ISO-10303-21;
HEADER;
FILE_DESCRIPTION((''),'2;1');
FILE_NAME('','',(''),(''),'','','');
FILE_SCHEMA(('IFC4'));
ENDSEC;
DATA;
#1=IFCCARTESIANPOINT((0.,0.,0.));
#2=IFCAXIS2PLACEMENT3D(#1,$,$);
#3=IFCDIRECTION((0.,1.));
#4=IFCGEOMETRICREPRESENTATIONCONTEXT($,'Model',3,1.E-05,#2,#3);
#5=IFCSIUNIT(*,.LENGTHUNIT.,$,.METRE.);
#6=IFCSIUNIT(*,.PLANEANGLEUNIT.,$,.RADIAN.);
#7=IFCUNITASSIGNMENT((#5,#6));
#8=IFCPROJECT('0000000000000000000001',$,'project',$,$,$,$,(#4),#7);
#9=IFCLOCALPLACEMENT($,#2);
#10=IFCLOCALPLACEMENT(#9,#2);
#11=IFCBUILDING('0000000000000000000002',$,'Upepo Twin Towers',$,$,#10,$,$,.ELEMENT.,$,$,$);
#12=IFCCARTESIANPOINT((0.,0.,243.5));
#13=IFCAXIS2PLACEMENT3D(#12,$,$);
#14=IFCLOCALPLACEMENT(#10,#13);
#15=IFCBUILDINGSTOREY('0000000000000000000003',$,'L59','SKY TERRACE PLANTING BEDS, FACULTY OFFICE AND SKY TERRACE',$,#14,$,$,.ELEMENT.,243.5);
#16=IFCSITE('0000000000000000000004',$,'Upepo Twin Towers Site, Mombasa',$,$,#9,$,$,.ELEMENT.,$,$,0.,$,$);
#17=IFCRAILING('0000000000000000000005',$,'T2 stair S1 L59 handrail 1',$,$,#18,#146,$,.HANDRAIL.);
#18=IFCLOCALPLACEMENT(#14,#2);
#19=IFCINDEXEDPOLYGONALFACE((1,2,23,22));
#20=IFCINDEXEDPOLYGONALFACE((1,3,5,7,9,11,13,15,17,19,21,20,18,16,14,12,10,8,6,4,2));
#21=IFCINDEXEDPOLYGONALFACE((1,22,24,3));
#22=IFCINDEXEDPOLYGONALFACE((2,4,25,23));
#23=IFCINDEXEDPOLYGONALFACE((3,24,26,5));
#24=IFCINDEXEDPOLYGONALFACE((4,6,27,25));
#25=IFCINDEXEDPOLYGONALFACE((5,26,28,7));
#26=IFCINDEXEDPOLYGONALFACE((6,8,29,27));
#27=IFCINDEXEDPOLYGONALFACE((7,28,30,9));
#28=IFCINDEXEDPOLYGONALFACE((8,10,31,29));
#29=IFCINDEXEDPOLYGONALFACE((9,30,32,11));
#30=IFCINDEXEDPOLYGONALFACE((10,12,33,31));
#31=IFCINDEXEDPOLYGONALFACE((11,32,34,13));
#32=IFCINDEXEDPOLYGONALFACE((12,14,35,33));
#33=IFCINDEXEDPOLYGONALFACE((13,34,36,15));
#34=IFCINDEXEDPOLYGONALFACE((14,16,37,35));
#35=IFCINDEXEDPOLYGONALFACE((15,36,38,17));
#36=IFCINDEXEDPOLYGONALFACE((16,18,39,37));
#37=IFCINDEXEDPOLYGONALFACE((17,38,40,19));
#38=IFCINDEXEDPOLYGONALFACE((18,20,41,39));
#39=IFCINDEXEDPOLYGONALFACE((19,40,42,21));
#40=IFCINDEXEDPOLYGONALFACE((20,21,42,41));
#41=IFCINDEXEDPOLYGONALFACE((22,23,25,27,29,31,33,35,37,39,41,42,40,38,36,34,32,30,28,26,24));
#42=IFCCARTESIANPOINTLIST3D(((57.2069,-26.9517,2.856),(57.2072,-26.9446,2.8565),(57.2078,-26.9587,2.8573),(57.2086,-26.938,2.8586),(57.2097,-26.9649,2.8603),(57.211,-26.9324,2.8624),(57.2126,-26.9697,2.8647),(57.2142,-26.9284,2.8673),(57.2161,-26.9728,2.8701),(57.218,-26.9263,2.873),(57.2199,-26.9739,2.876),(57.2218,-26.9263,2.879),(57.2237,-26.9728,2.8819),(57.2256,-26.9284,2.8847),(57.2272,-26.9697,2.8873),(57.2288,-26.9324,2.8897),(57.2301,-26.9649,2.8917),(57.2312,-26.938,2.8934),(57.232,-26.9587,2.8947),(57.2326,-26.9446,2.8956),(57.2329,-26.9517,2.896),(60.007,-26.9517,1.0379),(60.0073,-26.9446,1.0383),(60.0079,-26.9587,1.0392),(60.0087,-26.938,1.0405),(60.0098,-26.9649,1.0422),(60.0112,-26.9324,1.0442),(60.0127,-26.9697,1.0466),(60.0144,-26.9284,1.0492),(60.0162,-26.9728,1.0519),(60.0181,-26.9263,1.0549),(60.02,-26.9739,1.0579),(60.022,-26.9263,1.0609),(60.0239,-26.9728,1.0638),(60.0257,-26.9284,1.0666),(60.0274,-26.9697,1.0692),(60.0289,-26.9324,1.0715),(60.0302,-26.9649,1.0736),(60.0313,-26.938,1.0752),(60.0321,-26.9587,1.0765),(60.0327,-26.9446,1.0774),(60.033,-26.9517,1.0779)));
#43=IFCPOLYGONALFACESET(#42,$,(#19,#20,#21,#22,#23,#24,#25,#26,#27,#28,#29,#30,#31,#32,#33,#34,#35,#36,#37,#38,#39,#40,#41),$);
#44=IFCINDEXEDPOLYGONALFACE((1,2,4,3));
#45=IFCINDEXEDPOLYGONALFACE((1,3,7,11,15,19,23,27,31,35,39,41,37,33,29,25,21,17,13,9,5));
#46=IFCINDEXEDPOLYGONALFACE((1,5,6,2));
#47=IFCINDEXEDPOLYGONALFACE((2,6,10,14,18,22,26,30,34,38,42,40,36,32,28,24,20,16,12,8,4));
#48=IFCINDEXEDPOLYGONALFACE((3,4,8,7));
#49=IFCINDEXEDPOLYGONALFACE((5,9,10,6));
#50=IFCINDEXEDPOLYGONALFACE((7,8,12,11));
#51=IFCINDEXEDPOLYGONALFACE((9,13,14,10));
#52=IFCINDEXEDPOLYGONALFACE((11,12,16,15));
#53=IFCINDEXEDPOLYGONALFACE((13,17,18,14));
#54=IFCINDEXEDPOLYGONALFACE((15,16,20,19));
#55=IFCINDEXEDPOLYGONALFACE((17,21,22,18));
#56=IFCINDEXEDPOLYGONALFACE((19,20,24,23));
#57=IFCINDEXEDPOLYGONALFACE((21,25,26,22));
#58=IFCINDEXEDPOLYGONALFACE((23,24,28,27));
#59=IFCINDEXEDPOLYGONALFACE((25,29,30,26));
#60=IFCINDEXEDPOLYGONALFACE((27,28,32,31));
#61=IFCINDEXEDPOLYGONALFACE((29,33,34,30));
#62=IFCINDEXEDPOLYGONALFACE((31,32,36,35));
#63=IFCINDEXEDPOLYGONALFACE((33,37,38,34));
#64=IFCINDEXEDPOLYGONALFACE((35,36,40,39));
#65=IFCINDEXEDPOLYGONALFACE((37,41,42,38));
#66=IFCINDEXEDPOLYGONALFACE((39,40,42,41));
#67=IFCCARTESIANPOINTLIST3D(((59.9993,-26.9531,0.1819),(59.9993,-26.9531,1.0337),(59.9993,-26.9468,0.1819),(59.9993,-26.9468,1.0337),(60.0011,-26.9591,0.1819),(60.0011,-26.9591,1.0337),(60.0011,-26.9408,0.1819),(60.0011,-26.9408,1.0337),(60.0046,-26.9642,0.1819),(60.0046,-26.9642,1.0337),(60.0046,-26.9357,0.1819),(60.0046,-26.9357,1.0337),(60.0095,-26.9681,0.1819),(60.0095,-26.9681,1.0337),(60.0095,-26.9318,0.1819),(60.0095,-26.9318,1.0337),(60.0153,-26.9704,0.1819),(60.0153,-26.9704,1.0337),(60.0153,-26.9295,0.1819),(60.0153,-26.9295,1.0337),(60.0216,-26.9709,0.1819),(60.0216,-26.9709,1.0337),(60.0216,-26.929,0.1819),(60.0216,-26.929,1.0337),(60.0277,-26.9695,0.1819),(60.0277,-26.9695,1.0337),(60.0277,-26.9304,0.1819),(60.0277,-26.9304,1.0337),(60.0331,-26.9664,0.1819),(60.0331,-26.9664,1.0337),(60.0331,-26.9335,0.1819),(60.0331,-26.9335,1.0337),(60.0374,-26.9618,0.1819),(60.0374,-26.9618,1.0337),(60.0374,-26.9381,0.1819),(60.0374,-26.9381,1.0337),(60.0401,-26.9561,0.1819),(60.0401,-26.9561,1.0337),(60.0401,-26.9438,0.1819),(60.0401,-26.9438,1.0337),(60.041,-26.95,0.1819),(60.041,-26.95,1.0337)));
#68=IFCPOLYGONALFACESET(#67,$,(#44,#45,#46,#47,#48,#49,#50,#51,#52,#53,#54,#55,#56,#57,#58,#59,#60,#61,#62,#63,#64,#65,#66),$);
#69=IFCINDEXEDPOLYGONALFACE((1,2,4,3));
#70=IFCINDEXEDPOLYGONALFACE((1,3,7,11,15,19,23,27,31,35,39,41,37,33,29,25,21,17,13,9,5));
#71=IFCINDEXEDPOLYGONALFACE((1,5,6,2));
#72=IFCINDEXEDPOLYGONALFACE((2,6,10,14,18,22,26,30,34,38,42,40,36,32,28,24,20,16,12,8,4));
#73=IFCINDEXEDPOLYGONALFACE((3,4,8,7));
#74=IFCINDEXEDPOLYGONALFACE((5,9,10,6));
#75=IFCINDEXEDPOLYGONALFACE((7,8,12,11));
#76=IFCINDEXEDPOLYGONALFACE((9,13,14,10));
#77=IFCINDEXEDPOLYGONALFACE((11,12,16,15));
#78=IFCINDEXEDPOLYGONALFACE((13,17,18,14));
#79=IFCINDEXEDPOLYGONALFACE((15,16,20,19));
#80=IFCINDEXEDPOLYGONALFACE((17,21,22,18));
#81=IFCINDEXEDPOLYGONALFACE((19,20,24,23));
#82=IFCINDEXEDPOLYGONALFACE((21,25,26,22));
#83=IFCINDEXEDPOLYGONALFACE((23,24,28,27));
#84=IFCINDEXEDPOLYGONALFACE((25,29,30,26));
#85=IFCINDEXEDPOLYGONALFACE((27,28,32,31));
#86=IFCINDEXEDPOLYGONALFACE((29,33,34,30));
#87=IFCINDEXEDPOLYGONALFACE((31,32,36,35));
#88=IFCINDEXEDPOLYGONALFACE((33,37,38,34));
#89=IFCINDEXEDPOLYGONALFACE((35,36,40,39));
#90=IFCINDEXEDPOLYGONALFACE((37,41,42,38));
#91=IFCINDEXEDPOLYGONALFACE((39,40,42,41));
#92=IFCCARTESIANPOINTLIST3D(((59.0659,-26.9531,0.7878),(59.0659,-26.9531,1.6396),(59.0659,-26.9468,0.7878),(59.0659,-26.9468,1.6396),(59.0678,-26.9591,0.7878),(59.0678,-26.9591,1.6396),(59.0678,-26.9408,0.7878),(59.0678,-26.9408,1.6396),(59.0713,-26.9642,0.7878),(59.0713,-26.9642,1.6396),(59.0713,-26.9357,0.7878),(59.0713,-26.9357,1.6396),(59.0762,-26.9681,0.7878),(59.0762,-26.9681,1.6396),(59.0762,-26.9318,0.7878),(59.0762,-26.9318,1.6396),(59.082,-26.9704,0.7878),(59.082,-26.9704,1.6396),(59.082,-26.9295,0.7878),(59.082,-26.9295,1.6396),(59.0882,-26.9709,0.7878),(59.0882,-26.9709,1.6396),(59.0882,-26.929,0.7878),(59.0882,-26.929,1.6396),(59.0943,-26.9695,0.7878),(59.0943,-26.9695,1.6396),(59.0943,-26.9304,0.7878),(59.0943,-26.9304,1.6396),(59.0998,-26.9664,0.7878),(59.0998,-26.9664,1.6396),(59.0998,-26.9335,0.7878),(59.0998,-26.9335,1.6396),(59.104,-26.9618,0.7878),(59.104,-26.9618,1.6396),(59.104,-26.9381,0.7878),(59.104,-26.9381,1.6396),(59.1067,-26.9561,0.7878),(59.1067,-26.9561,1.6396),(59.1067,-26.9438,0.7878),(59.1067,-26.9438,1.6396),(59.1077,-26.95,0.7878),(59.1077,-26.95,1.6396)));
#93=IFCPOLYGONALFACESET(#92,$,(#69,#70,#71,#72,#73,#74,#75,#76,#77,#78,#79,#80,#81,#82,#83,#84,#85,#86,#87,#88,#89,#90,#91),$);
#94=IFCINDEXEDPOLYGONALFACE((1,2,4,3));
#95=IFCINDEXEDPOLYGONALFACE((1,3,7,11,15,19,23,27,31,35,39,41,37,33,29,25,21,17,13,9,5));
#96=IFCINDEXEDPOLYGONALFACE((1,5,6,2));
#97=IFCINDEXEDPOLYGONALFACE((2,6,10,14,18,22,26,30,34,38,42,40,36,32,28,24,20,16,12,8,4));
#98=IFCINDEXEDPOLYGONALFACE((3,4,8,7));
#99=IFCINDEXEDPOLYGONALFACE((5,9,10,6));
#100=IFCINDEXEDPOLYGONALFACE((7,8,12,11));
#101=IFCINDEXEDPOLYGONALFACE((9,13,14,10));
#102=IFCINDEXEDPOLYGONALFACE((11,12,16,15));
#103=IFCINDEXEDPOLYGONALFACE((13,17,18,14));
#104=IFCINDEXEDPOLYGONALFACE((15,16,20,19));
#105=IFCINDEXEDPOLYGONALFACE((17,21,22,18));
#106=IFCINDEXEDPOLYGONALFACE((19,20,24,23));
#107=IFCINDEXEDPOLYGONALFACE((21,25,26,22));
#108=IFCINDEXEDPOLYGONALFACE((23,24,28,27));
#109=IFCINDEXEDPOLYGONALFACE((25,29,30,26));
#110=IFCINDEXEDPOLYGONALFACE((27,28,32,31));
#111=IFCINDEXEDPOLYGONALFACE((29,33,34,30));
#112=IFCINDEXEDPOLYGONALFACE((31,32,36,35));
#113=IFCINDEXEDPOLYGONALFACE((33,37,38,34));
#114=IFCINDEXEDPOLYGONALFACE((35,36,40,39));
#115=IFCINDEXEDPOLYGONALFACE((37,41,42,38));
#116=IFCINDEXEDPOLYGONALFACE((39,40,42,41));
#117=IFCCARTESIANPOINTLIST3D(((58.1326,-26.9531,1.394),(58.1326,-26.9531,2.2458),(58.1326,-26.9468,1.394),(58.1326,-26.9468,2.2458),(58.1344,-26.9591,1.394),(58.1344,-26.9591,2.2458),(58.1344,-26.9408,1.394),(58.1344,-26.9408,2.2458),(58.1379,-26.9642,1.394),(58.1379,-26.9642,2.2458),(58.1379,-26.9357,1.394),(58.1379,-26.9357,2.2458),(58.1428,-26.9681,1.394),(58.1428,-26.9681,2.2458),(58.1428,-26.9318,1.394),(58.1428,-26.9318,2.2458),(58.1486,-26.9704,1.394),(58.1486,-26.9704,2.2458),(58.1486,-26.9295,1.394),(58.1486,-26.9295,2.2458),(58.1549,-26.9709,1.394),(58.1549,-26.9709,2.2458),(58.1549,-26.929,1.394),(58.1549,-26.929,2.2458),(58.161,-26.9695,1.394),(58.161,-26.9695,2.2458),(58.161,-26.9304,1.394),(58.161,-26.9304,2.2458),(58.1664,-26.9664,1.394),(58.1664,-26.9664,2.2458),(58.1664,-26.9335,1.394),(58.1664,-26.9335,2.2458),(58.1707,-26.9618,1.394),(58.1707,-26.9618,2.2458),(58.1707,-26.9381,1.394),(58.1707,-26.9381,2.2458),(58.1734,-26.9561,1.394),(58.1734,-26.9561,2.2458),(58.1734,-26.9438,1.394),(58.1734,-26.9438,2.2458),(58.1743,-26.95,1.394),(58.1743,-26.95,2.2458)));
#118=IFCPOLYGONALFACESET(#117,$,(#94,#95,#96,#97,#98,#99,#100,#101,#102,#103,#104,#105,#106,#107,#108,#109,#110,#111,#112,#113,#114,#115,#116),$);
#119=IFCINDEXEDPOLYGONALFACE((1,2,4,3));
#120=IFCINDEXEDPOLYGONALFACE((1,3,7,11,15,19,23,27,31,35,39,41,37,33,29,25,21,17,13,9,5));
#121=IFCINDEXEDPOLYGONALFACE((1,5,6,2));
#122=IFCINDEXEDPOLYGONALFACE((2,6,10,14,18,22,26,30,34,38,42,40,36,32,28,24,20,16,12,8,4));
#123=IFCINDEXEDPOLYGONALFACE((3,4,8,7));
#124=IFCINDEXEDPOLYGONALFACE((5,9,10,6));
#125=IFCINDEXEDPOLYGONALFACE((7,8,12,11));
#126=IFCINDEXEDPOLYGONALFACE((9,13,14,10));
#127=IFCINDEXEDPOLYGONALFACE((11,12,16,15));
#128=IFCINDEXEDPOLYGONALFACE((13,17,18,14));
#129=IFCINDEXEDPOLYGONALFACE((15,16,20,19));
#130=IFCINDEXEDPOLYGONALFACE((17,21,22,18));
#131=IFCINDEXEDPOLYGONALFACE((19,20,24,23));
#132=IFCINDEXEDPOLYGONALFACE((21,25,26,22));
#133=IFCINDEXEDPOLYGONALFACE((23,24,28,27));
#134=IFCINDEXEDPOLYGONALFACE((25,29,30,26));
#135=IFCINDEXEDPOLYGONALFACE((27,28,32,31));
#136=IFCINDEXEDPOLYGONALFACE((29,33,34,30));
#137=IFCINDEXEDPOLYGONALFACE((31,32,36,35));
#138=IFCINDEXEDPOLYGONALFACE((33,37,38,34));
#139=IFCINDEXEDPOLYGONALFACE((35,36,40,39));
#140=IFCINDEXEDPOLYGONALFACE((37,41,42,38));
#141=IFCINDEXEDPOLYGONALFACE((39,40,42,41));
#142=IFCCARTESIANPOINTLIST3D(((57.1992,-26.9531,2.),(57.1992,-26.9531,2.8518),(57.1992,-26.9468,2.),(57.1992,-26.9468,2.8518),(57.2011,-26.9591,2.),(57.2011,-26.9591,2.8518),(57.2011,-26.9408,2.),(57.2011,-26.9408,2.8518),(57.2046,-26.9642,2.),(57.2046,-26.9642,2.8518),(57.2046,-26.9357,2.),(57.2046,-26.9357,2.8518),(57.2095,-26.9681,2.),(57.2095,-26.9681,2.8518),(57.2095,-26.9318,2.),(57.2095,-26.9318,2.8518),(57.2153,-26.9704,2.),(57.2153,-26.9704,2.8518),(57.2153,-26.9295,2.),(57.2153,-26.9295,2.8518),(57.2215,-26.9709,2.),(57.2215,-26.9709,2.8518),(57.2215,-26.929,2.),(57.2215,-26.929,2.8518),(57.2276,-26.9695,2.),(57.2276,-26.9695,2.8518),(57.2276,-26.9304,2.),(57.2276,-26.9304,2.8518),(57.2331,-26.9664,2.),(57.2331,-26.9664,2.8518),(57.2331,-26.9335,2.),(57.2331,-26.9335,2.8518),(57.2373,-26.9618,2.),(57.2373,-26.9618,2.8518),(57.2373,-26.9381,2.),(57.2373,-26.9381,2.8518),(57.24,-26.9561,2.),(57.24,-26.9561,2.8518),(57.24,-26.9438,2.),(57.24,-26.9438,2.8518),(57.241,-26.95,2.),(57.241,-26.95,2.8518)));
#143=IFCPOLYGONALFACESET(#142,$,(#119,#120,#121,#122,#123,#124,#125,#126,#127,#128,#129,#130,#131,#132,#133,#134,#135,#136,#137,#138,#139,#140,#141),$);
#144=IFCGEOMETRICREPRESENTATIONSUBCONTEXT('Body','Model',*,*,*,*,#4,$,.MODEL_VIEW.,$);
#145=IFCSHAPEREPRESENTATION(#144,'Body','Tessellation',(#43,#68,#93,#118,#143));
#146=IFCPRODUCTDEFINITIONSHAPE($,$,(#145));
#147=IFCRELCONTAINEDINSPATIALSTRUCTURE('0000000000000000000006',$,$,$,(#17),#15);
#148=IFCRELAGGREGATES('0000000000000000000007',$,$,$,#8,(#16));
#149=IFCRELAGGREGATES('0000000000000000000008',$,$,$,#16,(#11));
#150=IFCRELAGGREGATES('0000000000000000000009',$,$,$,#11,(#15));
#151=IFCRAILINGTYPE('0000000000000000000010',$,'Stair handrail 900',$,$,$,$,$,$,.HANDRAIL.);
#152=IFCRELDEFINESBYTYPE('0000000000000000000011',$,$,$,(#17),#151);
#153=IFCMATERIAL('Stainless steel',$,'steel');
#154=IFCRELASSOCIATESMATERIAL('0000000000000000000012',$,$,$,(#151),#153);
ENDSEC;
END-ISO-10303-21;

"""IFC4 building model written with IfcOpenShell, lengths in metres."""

from ifc_helpers import new_model, si_unit, direction, frame, origin, origin_2d, place, context, subcontext, project, spatial, circle, extrude, material, type_object, element, save


model = new_model("IFC4")

# Units and contexts
model_context = context("Model", 3, precision=1e-05, world=origin(), true_north=direction((0.0, 1.0)))
body_context = subcontext(model_context, "Body", "Model", "MODEL_VIEW")
ifc_project = project(units=[si_unit("LENGTHUNIT", "METRE"), si_unit("PLANEANGLEUNIT", "RADIAN")], contexts=[model_context])

# Site, building, storey
site_placement = place(None, origin())
site = spatial("IfcSite", under=ifc_project, at=site_placement, Name="Upepo Twin Towers Site, Mombasa", CompositionType="ELEMENT", RefElevation=0.0)
building_placement = place(site_placement, origin())
building = spatial("IfcBuilding", under=site, at=building_placement, Name="Upepo Twin Towers", CompositionType="ELEMENT")
storey_placement = place(building_placement, frame((0.0, 0.0, 243.5)))
storey = spatial("IfcBuildingStorey", under=building, at=storey_placement, Name="L59", Description="SKY TERRACE PLANTING BEDS, FACULTY OFFICE AND SKY TERRACE", CompositionType="ELEMENT", Elevation=243.5)

# Railing
ifc_material_1 = material(Name="Stainless steel", Category="steel")
railing_type = type_object("IfcRailingType", Name="Stair handrail 900", PredefinedType="HANDRAIL", material=ifc_material_1)
railing_1_placement = place(storey_placement, frame((60.02, -26.95, 0.1819)))
element("IfcRailing", 1, at=railing_1_placement, inside=storey, type_object=railing_type, Name="T2 stair S1 L59 handrail 1", PredefinedType="HANDRAIL", context=body_context, shape_type="SweptSolid", body=[
    extrude(circle(Radius=0.0239, at=origin_2d()), frame((0.0, 0.0, 0.876), z_axis=(-0.838706, 0.0, 0.544585), x_axis=(0.0, -1.0, 0.0)), (0.0, 0.0, 1.0), 3.3386),
    extrude(circle(Radius=0.021, at=origin_2d()), origin(), (0.0, 0.0, 1.0), 0.8518),
    extrude(circle(Radius=0.021, at=origin_2d()), frame((-0.9333, 0.0, 0.606)), (0.0, 0.0, 1.0), 0.8518),
    extrude(circle(Radius=0.021, at=origin_2d()), frame((-1.8667, 0.0, 1.2122)), (0.0, 0.0, 1.0), 0.8518),
    extrude(circle(Radius=0.021, at=origin_2d()), frame((-2.8, 0.0, 1.8181)), (0.0, 0.0, 1.0), 0.8518),
])

save(model, "model.ifc")
